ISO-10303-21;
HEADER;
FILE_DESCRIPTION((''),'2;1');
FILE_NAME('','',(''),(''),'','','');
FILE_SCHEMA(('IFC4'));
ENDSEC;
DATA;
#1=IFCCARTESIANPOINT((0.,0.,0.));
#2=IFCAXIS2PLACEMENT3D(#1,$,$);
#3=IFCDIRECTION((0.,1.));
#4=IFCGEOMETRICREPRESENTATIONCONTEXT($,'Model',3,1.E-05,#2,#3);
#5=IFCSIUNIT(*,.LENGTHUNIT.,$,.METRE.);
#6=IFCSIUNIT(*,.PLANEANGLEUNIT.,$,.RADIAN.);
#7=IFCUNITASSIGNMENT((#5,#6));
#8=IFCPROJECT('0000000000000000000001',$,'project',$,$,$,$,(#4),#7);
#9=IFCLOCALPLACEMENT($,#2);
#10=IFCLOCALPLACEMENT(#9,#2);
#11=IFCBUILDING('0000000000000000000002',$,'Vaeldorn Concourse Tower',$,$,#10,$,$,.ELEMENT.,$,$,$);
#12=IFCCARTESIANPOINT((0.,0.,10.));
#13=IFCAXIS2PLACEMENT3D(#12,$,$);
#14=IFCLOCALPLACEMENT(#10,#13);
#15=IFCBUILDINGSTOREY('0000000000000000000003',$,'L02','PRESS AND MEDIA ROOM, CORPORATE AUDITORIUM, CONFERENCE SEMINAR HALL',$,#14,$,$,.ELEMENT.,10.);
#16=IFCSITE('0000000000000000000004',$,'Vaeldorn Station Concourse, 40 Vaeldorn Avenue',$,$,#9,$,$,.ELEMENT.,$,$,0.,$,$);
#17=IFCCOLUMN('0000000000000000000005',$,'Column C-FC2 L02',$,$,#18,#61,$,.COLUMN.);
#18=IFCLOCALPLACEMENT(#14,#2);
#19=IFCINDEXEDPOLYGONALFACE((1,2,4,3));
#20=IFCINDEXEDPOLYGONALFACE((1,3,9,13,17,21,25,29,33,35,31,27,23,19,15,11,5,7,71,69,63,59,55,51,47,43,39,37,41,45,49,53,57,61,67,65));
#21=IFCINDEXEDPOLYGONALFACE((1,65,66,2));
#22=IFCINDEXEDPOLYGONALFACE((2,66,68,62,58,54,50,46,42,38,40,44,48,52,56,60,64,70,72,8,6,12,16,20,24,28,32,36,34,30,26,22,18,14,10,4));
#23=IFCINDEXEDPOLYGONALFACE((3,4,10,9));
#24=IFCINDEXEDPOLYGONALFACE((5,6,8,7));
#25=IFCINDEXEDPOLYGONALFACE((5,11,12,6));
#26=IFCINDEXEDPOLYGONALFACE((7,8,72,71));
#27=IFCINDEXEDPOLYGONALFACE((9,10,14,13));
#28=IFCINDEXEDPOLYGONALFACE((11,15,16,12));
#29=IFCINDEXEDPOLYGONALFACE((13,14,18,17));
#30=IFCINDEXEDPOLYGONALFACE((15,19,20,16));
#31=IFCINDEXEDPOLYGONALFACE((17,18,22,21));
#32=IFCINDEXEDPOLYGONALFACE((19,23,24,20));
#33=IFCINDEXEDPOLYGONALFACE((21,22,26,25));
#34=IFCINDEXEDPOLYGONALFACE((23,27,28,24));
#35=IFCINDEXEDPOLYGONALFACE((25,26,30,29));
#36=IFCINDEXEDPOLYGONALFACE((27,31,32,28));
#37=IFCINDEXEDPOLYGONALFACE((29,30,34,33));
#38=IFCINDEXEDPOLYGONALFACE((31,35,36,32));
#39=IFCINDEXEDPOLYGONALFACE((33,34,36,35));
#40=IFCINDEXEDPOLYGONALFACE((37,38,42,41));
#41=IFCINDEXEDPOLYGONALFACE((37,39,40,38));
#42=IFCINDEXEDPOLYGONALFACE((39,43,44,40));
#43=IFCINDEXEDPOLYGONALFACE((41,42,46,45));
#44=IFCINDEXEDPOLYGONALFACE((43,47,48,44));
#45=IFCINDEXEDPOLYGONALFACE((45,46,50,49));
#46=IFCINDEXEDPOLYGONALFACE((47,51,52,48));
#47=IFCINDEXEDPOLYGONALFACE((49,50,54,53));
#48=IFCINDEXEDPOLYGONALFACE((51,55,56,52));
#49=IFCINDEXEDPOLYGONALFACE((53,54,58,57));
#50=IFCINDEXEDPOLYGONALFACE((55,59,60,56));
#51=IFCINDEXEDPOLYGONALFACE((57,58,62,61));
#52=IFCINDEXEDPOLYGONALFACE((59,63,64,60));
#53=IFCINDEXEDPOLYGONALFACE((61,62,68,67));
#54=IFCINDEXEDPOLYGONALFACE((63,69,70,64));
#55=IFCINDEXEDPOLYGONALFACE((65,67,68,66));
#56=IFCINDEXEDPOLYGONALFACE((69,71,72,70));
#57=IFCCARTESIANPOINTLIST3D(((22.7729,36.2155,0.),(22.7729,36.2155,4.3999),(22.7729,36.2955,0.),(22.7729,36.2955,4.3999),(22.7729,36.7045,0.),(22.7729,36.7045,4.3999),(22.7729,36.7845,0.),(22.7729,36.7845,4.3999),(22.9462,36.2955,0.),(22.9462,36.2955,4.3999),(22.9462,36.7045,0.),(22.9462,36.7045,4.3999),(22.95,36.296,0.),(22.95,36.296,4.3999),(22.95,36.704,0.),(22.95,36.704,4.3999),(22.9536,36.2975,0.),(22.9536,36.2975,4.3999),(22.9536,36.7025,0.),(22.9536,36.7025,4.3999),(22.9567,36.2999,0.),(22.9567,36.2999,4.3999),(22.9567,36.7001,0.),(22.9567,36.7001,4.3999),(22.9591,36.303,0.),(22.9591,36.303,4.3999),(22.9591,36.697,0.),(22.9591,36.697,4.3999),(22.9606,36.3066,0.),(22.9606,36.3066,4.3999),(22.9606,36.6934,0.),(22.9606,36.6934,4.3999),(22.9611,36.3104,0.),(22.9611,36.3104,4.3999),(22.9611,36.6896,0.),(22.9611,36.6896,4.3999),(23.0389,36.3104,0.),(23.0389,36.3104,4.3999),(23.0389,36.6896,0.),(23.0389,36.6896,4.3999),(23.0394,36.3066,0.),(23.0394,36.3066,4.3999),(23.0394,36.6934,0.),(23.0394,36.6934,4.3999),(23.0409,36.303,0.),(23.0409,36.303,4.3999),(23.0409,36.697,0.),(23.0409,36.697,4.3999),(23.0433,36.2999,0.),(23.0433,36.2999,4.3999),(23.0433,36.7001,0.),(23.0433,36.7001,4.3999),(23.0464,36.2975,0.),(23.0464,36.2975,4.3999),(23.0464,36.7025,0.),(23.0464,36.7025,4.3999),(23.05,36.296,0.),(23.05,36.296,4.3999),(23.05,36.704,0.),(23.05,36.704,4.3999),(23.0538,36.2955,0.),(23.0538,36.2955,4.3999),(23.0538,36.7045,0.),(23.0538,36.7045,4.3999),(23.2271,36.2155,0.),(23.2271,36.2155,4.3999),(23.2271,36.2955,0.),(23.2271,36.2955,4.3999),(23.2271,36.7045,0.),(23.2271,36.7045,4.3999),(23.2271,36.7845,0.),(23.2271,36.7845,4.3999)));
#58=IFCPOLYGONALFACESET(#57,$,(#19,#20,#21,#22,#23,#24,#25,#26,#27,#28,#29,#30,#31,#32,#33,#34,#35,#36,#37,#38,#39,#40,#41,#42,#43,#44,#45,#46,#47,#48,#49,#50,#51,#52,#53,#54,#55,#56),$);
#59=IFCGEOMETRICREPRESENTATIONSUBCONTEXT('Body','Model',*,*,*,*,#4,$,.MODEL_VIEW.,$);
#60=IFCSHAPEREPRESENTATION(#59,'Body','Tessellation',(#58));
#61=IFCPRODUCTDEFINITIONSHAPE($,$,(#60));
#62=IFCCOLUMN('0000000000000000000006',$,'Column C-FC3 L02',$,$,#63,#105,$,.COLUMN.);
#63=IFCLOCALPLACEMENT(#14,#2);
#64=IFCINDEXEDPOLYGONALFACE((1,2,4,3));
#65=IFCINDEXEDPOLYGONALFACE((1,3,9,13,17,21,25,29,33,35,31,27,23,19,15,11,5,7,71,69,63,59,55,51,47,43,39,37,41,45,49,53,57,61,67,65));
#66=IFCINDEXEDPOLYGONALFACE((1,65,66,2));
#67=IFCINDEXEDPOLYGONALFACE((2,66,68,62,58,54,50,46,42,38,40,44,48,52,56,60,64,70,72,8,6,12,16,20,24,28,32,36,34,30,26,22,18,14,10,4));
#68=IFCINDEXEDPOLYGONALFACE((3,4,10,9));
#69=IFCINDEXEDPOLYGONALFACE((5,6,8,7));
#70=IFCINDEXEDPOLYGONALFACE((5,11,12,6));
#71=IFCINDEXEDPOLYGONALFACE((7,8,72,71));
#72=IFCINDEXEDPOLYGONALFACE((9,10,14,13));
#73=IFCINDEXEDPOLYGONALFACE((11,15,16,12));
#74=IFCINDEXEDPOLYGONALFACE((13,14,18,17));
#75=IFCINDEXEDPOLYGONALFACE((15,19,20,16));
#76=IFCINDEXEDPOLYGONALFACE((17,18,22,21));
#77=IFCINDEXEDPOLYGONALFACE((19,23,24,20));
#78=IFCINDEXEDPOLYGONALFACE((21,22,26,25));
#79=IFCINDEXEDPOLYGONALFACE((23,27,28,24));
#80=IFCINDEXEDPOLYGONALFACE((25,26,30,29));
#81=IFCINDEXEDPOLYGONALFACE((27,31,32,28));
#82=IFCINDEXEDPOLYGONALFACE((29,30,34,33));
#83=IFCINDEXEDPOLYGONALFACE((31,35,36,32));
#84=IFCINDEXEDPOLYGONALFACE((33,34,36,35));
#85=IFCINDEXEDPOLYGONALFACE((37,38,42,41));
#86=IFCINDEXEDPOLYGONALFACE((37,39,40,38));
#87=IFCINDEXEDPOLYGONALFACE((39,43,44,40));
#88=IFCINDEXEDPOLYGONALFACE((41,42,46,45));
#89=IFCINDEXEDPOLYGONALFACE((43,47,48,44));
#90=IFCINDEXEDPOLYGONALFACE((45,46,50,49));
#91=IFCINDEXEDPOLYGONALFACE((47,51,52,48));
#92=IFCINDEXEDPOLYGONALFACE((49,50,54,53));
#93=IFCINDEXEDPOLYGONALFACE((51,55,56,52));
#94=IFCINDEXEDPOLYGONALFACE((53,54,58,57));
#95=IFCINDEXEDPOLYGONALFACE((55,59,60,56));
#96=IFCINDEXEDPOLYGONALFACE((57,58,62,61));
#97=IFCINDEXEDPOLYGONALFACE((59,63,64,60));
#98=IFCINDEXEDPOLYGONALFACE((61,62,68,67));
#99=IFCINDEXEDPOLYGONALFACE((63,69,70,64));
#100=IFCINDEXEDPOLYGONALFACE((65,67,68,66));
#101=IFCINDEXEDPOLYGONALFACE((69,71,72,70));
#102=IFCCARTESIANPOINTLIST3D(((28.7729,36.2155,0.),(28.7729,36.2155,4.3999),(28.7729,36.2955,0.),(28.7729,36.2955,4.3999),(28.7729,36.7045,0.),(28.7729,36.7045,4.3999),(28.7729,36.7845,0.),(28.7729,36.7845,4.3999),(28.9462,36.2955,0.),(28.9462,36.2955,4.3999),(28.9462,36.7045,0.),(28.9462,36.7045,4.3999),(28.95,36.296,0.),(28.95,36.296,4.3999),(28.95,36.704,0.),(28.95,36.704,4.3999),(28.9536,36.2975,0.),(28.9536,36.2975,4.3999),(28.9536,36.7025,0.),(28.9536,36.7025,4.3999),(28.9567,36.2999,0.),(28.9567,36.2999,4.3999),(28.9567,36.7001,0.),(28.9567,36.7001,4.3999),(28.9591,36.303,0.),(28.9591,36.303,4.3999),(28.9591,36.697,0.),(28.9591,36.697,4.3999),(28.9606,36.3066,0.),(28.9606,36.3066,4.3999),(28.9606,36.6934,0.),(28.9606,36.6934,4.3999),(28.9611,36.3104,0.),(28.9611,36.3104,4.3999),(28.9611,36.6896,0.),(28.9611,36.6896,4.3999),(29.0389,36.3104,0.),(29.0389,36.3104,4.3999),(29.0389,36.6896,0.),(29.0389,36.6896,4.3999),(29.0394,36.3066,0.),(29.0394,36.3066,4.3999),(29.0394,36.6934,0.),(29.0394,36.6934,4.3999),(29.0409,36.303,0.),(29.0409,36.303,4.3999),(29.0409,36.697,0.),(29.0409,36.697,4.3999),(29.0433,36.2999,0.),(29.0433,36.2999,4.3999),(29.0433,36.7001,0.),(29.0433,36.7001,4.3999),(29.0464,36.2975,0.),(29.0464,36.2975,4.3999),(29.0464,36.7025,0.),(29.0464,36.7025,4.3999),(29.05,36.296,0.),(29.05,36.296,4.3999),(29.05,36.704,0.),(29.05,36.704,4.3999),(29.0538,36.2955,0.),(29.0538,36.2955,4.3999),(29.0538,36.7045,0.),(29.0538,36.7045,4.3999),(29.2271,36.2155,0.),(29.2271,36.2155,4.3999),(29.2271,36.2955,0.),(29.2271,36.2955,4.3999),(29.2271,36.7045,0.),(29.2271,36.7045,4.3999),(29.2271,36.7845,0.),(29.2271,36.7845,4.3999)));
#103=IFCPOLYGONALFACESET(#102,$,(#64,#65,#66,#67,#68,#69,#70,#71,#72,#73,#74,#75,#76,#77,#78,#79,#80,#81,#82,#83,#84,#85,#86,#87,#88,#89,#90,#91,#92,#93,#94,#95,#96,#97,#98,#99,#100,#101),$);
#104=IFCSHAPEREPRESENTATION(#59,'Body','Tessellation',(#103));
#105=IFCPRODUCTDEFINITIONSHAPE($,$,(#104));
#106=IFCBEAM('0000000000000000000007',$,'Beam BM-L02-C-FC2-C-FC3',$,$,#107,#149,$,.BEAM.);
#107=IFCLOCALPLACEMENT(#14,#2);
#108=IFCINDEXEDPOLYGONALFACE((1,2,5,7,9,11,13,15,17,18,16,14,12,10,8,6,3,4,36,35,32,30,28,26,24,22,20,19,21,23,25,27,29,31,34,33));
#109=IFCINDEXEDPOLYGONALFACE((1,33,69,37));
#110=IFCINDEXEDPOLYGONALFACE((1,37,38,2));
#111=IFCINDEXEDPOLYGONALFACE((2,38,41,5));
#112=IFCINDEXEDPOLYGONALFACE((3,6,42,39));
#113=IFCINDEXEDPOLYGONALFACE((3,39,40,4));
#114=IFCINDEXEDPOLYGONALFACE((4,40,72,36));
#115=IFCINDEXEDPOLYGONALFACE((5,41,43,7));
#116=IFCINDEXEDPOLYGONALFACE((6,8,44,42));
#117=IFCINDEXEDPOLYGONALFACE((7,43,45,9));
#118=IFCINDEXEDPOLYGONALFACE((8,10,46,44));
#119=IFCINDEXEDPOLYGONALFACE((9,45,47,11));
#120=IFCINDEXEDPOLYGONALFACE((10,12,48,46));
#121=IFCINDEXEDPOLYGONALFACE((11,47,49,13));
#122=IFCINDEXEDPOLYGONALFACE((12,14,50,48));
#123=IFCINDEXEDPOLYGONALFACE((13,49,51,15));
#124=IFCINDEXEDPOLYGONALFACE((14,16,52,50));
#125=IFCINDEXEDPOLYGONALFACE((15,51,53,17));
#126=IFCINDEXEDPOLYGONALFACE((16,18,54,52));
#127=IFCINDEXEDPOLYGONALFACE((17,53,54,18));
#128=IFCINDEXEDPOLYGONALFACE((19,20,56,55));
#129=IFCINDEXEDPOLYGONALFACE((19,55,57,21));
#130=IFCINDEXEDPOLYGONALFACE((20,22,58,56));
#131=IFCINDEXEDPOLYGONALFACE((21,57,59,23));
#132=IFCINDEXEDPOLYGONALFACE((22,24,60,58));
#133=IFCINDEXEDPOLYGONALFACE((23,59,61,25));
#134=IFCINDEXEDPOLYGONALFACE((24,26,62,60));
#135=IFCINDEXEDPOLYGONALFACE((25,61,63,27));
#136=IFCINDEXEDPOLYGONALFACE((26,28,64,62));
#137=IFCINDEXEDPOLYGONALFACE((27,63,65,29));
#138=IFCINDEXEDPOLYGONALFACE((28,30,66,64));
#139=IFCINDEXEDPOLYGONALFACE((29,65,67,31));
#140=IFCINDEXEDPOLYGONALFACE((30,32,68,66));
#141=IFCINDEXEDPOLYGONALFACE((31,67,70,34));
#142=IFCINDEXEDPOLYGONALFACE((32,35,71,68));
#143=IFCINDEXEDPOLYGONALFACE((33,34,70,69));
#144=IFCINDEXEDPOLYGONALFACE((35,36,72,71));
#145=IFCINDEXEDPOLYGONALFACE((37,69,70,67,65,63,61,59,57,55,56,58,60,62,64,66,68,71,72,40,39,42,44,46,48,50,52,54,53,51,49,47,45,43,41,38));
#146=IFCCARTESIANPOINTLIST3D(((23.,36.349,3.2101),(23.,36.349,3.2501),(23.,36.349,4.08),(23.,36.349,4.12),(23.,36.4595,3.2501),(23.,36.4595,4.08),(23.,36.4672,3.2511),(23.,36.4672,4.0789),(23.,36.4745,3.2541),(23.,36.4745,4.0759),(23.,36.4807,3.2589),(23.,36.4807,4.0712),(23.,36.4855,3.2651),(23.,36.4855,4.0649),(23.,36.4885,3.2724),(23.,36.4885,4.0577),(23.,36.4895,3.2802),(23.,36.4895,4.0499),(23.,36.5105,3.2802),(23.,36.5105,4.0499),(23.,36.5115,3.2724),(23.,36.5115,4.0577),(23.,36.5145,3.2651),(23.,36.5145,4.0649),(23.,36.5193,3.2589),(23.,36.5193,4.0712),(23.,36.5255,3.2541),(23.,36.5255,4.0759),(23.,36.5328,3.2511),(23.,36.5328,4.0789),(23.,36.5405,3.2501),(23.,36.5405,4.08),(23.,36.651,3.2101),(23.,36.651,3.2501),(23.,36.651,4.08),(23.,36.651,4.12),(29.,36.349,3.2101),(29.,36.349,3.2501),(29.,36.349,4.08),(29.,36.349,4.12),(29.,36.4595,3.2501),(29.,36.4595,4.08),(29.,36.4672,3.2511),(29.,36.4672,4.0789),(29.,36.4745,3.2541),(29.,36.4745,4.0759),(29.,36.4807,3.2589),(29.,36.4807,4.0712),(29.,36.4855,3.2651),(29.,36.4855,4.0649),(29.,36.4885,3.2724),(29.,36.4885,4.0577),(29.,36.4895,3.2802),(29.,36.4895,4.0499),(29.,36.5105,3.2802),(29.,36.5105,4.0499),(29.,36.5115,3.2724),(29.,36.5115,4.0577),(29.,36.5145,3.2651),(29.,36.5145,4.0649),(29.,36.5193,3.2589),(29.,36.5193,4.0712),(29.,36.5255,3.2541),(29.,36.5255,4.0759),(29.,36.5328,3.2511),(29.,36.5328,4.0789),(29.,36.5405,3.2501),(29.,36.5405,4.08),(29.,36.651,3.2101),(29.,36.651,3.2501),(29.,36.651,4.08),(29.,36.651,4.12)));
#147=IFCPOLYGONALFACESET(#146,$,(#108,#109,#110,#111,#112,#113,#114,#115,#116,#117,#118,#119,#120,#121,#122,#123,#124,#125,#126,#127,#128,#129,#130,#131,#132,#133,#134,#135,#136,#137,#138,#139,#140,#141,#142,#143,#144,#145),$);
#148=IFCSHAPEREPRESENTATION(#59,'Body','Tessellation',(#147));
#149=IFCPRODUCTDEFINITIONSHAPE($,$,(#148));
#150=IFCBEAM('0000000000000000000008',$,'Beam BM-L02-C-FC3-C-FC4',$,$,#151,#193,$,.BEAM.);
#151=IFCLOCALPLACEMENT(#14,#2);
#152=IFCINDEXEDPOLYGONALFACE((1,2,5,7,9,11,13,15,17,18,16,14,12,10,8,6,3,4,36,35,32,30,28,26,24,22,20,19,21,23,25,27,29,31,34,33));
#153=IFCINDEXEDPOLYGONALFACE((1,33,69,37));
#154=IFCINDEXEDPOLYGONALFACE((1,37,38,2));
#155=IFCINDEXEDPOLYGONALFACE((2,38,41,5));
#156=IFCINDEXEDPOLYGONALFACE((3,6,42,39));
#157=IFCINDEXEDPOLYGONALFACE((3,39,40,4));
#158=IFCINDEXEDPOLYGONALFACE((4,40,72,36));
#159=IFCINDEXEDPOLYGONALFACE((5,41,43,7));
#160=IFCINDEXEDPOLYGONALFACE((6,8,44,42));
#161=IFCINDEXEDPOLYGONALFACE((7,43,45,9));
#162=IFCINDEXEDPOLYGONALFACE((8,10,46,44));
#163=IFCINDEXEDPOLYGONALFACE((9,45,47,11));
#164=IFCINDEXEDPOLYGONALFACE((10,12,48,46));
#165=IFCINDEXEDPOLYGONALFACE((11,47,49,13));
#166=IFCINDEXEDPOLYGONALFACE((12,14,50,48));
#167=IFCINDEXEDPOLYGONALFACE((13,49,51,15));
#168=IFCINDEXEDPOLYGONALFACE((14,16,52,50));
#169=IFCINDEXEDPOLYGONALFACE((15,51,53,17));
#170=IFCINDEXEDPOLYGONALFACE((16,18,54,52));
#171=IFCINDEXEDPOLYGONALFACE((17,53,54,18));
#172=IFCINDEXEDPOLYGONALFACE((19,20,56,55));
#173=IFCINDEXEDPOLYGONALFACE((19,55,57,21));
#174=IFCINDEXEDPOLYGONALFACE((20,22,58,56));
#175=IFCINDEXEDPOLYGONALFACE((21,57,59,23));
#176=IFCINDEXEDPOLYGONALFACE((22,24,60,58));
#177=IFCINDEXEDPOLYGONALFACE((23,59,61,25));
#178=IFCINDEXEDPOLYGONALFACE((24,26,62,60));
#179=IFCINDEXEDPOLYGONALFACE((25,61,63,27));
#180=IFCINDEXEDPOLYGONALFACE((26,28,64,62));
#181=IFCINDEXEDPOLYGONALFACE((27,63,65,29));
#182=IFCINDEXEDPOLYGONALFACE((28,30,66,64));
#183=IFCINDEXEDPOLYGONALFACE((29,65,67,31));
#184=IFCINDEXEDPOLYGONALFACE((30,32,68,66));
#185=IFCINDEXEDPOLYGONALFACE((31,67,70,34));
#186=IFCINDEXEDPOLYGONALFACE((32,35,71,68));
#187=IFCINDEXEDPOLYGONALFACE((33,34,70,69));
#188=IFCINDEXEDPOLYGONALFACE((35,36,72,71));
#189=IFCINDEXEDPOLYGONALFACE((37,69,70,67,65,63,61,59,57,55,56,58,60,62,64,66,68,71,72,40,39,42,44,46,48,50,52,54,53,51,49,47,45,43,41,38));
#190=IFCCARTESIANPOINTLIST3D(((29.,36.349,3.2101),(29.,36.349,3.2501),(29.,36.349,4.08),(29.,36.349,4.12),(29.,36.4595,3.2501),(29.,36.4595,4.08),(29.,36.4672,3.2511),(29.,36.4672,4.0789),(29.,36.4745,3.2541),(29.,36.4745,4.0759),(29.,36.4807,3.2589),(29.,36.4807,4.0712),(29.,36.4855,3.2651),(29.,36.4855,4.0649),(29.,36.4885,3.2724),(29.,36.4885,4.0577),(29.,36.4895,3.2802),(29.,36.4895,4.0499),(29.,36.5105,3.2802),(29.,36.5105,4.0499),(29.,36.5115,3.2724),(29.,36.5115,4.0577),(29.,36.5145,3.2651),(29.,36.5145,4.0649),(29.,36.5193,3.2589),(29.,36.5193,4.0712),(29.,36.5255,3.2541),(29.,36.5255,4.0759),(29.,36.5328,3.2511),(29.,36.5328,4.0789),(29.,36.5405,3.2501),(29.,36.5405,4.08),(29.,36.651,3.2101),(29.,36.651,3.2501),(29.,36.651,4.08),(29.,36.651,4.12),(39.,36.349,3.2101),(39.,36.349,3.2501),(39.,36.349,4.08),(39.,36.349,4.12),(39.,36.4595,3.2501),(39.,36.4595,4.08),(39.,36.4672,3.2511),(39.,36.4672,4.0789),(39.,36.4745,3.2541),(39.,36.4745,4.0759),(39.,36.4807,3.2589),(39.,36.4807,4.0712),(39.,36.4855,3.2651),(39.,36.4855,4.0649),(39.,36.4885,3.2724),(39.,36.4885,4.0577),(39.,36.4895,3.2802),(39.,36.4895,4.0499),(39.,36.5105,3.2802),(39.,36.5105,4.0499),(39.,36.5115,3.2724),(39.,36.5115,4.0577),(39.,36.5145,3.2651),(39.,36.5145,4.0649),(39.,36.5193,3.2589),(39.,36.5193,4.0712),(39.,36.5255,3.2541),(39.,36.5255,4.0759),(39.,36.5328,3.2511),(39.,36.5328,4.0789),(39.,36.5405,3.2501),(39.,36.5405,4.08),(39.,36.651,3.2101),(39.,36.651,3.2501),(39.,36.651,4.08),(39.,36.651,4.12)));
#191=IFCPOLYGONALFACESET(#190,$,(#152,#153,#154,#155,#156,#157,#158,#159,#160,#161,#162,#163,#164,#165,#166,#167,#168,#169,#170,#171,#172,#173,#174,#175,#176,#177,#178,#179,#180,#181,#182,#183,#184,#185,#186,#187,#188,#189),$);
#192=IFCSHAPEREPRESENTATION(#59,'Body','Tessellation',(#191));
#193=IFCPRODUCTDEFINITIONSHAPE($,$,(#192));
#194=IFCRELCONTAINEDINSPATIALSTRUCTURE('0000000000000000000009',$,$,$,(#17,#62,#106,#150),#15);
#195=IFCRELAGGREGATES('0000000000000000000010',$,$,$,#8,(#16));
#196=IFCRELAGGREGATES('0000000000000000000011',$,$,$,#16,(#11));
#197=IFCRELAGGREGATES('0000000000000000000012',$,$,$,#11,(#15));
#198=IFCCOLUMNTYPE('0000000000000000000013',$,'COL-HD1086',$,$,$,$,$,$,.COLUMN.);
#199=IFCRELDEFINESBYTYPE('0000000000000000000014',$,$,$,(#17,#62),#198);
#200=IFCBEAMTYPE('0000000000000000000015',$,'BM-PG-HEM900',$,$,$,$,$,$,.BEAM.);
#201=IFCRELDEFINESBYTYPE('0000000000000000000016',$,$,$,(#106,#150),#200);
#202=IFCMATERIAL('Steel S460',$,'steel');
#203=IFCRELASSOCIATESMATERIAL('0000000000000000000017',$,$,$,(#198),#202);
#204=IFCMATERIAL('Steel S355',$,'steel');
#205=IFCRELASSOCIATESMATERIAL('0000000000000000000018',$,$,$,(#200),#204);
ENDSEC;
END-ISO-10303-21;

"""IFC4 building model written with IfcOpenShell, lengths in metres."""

from ifc_helpers import new_model, si_unit, direction, frame, origin, origin_2d, place, context, subcontext, project, spatial, i_section, extrude, source, transform, mapped, material, material_profile, profile_set, type_object, element, save


model = new_model("IFC4")

# Units and contexts
model_context = context("Model", 3, precision=1e-05, world=origin(), true_north=direction((0.0, 1.0)))
body_context = subcontext(model_context, "Body", "Model", "MODEL_VIEW")
ifc_project = project(units=[si_unit("LENGTHUNIT", "METRE"), si_unit("PLANEANGLEUNIT", "RADIAN")], contexts=[model_context])

# Site, building, storey
site_placement = place(None, origin())
site = spatial("IfcSite", under=ifc_project, at=site_placement, Name="Vaeldorn Station Concourse, 40 Vaeldorn Avenue", CompositionType="ELEMENT", RefElevation=0.0)
building_placement = place(site_placement, origin())
building = spatial("IfcBuilding", under=site, at=building_placement, Name="Vaeldorn Concourse Tower", CompositionType="ELEMENT")
storey_placement = place(building_placement, frame((0.0, 0.0, 10.0)))
storey = spatial("IfcBuildingStorey", under=building, at=storey_placement, Name="L02", Description="PRESS AND MEDIA ROOM, CORPORATE AUDITORIUM, CONFERENCE SEMINAR HALL", CompositionType="ELEMENT", Elevation=10.0)

# Columns
ifc_material_1 = material(Name="Steel S460", Category="steel")
ifc_material_profile_1 = material_profile(ifc_material_1, i_section(OverallWidth=0.4541, OverallDepth=0.5691, WebThickness=0.0779, FlangeThickness=0.0801, FilletRadius=0.0149, at=origin_2d()), Name="HD 400x1086")
ifc_profile_set_1 = profile_set([ifc_material_profile_1], Name="Steel S460")
column_type = type_object("IfcColumnType", Name="COL-HD1086", PredefinedType="COLUMN", material=ifc_profile_set_1)
shared_shape_1 = source(origin(), body_context, "Body", "SweptSolid", [
    extrude(i_section(OverallWidth=0.4541, OverallDepth=0.5691, WebThickness=0.0779, FlangeThickness=0.0801, FilletRadius=0.0149, at=origin_2d()), origin(), (0.0, 0.0, 1.0), 4.3999),
])
for number, where, z_axis, x_axis, name in (
    (1, (23.0, 36.5, 0.0), (0.0, 0.0, 1.0), (1.0, 0.0, 0.0), "Column C-FC2 L02"),
    (2, (29.0, 36.5, 0.0), (0.0, 0.0, 1.0), (1.0, 0.0, 0.0), "Column C-FC3 L02"),
):
    element("IfcColumn", number, at=place(storey_placement, frame(where, z_axis=z_axis, x_axis=x_axis)), inside=storey, type_object=column_type, Name=name, PredefinedType="COLUMN", context=body_context, shape_type="MappedRepresentation", body=[
        mapped(shared_shape_1, transform((0.0, 0.0, 0.0), scale=1.0)),
    ])

# Beams
ifc_material_2 = material(Name="Steel S355", Category="steel")
ifc_material_profile_2 = material_profile(ifc_material_2, i_section(OverallWidth=0.302, OverallDepth=0.9099, WebThickness=0.021, FlangeThickness=0.04, FilletRadius=0.03, at=origin_2d()), Name="HEM 900")
ifc_profile_set_2 = profile_set([ifc_material_profile_2], Name="Steel S355")
beam_type = type_object("IfcBeamType", Name="BM-PG-HEM900", PredefinedType="BEAM", material=ifc_profile_set_2)
shared_shape_2 = source(origin(), body_context, "Body", "SweptSolid", [
    extrude(i_section(OverallWidth=0.302, OverallDepth=0.9099, WebThickness=0.021, FlangeThickness=0.04, FilletRadius=0.03, at=origin_2d()), origin(), (0.0, 0.0, 1.0), 6.0),
])
beam_1_placement = place(storey_placement, frame((23.0, 36.5, 3.665), z_axis=(1.0, 0.0, 0.0), x_axis=(0.0, 1.0, 0.0)))
element("IfcBeam", 3, at=beam_1_placement, inside=storey, type_object=beam_type, Name="Beam BM-L02-C-FC2-C-FC3", PredefinedType="BEAM", context=body_context, shape_type="MappedRepresentation", body=[
    mapped(shared_shape_2, transform((0.0, 0.0, 0.0), scale=1.0)),
])
shared_shape_3 = source(origin(), body_context, "Body", "SweptSolid", [
    extrude(i_section(OverallWidth=0.302, OverallDepth=0.9099, WebThickness=0.021, FlangeThickness=0.04, FilletRadius=0.03, at=origin_2d()), origin(), (0.0, 0.0, 1.0), 10.0),
])
beam_2_placement = place(storey_placement, frame((29.0, 36.5, 3.665), z_axis=(1.0, 0.0, 0.0), x_axis=(0.0, 1.0, 0.0)))
element("IfcBeam", 4, at=beam_2_placement, inside=storey, type_object=beam_type, Name="Beam BM-L02-C-FC3-C-FC4", PredefinedType="BEAM", context=body_context, shape_type="MappedRepresentation", body=[
    mapped(shared_shape_3, transform((0.0, 0.0, 0.0), scale=1.0)),
])

save(model, "model.ifc")
